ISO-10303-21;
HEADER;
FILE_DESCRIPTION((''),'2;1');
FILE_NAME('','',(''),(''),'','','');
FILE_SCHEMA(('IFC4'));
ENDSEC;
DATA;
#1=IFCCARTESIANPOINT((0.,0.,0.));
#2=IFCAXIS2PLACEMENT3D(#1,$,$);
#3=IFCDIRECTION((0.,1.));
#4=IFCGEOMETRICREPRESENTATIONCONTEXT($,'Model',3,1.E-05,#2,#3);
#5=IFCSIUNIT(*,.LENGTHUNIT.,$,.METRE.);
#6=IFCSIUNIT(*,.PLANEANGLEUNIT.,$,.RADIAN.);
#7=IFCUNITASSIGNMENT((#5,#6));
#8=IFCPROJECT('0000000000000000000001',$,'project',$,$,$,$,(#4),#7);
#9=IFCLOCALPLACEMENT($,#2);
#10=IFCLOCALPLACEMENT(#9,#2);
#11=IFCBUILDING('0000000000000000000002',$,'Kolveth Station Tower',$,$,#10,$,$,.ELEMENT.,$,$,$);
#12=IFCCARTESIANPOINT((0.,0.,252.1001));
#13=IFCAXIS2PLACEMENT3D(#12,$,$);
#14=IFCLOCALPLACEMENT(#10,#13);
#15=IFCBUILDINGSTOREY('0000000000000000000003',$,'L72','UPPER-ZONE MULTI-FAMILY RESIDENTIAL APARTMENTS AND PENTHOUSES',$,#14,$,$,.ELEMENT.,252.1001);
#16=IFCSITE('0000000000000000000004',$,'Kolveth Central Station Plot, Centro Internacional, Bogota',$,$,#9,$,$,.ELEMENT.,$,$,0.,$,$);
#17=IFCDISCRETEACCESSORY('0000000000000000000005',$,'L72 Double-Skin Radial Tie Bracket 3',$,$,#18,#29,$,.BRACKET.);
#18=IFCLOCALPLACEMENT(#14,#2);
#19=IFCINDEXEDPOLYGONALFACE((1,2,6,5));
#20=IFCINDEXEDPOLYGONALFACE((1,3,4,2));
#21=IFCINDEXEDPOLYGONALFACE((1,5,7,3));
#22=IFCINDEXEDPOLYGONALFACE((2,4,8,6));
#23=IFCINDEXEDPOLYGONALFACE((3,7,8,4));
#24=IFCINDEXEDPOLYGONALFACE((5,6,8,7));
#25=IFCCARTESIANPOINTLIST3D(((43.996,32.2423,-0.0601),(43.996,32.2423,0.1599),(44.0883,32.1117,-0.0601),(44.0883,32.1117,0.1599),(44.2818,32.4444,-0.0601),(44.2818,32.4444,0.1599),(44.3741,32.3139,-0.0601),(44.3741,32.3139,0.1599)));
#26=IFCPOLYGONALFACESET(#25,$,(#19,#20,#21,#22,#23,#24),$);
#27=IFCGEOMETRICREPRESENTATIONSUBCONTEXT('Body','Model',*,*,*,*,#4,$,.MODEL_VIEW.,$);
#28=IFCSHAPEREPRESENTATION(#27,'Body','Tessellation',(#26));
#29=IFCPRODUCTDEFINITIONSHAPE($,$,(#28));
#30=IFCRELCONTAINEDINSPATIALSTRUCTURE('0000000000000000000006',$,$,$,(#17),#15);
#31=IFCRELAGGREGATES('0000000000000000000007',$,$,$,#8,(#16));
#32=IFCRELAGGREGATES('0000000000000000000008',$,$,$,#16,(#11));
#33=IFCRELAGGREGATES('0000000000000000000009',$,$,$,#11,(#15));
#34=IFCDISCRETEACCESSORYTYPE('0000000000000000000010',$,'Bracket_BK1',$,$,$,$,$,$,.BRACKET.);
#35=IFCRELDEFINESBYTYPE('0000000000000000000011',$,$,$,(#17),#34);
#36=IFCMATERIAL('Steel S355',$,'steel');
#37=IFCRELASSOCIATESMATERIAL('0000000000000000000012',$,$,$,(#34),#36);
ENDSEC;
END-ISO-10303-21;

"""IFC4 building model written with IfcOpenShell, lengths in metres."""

from ifc_helpers import new_model, si_unit, direction, frame, origin, origin_2d, place, context, subcontext, project, spatial, rectangle, extrude, source, transform, mapped, material, type_object, element, save


model = new_model("IFC4")

# Units and contexts
model_context = context("Model", 3, precision=1e-05, world=origin(), true_north=direction((0.0, 1.0)))
body_context = subcontext(model_context, "Body", "Model", "MODEL_VIEW")
ifc_project = project(units=[si_unit("LENGTHUNIT", "METRE"), si_unit("PLANEANGLEUNIT", "RADIAN")], contexts=[model_context])

# Site, building, storey
site_placement = place(None, origin())
site = spatial("IfcSite", under=ifc_project, at=site_placement, Name="Kolveth Central Station Plot, Centro Internacional, Bogota", CompositionType="ELEMENT", RefElevation=0.0)
building_placement = place(site_placement, origin())
building = spatial("IfcBuilding", under=site, at=building_placement, Name="Kolveth Station Tower", CompositionType="ELEMENT")
storey_placement = place(building_placement, frame((0.0, 0.0, 252.1001)))
storey = spatial("IfcBuildingStorey", under=building, at=storey_placement, Name="L72", Description="UPPER-ZONE MULTI-FAMILY RESIDENTIAL APARTMENTS AND PENTHOUSES", CompositionType="ELEMENT", Elevation=252.1001)

# Shared definitions
ifc_material_1 = material(Name="Steel S355", Category="steel")

# Discrete accessory
discrete_accessory_type = type_object("IfcDiscreteAccessoryType", Name="Bracket_BK1", PredefinedType="BRACKET", material=ifc_material_1)
shared_shape_1 = source(origin(), body_context, "Body", "SweptSolid", [
    extrude(rectangle(XDim=0.3501, YDim=0.1599, at=origin_2d()), origin(), (0.0, 0.0, 1.0), 0.22),
])
discrete_accessory_placement = place(storey_placement, frame((44.1851, 32.2781, -0.0601), z_axis=(0.0, 0.0, 1.0), x_axis=(0.81644, 0.57743, 0.0)))
element("IfcDiscreteAccessory", 1, at=discrete_accessory_placement, inside=storey, type_object=discrete_accessory_type, Name="L72 Double-Skin Radial Tie Bracket 3", PredefinedType="BRACKET", context=body_context, shape_type="MappedRepresentation", body=[
    mapped(shared_shape_1, transform((0.0, 0.0, 0.0), x_axis=(1.0, 0.0, 0.0), y_axis=(0.0, 1.0, 0.0), z_axis=(0.0, 0.0, 1.0), scale=1.0)),
])

save(model, "model.ifc")
